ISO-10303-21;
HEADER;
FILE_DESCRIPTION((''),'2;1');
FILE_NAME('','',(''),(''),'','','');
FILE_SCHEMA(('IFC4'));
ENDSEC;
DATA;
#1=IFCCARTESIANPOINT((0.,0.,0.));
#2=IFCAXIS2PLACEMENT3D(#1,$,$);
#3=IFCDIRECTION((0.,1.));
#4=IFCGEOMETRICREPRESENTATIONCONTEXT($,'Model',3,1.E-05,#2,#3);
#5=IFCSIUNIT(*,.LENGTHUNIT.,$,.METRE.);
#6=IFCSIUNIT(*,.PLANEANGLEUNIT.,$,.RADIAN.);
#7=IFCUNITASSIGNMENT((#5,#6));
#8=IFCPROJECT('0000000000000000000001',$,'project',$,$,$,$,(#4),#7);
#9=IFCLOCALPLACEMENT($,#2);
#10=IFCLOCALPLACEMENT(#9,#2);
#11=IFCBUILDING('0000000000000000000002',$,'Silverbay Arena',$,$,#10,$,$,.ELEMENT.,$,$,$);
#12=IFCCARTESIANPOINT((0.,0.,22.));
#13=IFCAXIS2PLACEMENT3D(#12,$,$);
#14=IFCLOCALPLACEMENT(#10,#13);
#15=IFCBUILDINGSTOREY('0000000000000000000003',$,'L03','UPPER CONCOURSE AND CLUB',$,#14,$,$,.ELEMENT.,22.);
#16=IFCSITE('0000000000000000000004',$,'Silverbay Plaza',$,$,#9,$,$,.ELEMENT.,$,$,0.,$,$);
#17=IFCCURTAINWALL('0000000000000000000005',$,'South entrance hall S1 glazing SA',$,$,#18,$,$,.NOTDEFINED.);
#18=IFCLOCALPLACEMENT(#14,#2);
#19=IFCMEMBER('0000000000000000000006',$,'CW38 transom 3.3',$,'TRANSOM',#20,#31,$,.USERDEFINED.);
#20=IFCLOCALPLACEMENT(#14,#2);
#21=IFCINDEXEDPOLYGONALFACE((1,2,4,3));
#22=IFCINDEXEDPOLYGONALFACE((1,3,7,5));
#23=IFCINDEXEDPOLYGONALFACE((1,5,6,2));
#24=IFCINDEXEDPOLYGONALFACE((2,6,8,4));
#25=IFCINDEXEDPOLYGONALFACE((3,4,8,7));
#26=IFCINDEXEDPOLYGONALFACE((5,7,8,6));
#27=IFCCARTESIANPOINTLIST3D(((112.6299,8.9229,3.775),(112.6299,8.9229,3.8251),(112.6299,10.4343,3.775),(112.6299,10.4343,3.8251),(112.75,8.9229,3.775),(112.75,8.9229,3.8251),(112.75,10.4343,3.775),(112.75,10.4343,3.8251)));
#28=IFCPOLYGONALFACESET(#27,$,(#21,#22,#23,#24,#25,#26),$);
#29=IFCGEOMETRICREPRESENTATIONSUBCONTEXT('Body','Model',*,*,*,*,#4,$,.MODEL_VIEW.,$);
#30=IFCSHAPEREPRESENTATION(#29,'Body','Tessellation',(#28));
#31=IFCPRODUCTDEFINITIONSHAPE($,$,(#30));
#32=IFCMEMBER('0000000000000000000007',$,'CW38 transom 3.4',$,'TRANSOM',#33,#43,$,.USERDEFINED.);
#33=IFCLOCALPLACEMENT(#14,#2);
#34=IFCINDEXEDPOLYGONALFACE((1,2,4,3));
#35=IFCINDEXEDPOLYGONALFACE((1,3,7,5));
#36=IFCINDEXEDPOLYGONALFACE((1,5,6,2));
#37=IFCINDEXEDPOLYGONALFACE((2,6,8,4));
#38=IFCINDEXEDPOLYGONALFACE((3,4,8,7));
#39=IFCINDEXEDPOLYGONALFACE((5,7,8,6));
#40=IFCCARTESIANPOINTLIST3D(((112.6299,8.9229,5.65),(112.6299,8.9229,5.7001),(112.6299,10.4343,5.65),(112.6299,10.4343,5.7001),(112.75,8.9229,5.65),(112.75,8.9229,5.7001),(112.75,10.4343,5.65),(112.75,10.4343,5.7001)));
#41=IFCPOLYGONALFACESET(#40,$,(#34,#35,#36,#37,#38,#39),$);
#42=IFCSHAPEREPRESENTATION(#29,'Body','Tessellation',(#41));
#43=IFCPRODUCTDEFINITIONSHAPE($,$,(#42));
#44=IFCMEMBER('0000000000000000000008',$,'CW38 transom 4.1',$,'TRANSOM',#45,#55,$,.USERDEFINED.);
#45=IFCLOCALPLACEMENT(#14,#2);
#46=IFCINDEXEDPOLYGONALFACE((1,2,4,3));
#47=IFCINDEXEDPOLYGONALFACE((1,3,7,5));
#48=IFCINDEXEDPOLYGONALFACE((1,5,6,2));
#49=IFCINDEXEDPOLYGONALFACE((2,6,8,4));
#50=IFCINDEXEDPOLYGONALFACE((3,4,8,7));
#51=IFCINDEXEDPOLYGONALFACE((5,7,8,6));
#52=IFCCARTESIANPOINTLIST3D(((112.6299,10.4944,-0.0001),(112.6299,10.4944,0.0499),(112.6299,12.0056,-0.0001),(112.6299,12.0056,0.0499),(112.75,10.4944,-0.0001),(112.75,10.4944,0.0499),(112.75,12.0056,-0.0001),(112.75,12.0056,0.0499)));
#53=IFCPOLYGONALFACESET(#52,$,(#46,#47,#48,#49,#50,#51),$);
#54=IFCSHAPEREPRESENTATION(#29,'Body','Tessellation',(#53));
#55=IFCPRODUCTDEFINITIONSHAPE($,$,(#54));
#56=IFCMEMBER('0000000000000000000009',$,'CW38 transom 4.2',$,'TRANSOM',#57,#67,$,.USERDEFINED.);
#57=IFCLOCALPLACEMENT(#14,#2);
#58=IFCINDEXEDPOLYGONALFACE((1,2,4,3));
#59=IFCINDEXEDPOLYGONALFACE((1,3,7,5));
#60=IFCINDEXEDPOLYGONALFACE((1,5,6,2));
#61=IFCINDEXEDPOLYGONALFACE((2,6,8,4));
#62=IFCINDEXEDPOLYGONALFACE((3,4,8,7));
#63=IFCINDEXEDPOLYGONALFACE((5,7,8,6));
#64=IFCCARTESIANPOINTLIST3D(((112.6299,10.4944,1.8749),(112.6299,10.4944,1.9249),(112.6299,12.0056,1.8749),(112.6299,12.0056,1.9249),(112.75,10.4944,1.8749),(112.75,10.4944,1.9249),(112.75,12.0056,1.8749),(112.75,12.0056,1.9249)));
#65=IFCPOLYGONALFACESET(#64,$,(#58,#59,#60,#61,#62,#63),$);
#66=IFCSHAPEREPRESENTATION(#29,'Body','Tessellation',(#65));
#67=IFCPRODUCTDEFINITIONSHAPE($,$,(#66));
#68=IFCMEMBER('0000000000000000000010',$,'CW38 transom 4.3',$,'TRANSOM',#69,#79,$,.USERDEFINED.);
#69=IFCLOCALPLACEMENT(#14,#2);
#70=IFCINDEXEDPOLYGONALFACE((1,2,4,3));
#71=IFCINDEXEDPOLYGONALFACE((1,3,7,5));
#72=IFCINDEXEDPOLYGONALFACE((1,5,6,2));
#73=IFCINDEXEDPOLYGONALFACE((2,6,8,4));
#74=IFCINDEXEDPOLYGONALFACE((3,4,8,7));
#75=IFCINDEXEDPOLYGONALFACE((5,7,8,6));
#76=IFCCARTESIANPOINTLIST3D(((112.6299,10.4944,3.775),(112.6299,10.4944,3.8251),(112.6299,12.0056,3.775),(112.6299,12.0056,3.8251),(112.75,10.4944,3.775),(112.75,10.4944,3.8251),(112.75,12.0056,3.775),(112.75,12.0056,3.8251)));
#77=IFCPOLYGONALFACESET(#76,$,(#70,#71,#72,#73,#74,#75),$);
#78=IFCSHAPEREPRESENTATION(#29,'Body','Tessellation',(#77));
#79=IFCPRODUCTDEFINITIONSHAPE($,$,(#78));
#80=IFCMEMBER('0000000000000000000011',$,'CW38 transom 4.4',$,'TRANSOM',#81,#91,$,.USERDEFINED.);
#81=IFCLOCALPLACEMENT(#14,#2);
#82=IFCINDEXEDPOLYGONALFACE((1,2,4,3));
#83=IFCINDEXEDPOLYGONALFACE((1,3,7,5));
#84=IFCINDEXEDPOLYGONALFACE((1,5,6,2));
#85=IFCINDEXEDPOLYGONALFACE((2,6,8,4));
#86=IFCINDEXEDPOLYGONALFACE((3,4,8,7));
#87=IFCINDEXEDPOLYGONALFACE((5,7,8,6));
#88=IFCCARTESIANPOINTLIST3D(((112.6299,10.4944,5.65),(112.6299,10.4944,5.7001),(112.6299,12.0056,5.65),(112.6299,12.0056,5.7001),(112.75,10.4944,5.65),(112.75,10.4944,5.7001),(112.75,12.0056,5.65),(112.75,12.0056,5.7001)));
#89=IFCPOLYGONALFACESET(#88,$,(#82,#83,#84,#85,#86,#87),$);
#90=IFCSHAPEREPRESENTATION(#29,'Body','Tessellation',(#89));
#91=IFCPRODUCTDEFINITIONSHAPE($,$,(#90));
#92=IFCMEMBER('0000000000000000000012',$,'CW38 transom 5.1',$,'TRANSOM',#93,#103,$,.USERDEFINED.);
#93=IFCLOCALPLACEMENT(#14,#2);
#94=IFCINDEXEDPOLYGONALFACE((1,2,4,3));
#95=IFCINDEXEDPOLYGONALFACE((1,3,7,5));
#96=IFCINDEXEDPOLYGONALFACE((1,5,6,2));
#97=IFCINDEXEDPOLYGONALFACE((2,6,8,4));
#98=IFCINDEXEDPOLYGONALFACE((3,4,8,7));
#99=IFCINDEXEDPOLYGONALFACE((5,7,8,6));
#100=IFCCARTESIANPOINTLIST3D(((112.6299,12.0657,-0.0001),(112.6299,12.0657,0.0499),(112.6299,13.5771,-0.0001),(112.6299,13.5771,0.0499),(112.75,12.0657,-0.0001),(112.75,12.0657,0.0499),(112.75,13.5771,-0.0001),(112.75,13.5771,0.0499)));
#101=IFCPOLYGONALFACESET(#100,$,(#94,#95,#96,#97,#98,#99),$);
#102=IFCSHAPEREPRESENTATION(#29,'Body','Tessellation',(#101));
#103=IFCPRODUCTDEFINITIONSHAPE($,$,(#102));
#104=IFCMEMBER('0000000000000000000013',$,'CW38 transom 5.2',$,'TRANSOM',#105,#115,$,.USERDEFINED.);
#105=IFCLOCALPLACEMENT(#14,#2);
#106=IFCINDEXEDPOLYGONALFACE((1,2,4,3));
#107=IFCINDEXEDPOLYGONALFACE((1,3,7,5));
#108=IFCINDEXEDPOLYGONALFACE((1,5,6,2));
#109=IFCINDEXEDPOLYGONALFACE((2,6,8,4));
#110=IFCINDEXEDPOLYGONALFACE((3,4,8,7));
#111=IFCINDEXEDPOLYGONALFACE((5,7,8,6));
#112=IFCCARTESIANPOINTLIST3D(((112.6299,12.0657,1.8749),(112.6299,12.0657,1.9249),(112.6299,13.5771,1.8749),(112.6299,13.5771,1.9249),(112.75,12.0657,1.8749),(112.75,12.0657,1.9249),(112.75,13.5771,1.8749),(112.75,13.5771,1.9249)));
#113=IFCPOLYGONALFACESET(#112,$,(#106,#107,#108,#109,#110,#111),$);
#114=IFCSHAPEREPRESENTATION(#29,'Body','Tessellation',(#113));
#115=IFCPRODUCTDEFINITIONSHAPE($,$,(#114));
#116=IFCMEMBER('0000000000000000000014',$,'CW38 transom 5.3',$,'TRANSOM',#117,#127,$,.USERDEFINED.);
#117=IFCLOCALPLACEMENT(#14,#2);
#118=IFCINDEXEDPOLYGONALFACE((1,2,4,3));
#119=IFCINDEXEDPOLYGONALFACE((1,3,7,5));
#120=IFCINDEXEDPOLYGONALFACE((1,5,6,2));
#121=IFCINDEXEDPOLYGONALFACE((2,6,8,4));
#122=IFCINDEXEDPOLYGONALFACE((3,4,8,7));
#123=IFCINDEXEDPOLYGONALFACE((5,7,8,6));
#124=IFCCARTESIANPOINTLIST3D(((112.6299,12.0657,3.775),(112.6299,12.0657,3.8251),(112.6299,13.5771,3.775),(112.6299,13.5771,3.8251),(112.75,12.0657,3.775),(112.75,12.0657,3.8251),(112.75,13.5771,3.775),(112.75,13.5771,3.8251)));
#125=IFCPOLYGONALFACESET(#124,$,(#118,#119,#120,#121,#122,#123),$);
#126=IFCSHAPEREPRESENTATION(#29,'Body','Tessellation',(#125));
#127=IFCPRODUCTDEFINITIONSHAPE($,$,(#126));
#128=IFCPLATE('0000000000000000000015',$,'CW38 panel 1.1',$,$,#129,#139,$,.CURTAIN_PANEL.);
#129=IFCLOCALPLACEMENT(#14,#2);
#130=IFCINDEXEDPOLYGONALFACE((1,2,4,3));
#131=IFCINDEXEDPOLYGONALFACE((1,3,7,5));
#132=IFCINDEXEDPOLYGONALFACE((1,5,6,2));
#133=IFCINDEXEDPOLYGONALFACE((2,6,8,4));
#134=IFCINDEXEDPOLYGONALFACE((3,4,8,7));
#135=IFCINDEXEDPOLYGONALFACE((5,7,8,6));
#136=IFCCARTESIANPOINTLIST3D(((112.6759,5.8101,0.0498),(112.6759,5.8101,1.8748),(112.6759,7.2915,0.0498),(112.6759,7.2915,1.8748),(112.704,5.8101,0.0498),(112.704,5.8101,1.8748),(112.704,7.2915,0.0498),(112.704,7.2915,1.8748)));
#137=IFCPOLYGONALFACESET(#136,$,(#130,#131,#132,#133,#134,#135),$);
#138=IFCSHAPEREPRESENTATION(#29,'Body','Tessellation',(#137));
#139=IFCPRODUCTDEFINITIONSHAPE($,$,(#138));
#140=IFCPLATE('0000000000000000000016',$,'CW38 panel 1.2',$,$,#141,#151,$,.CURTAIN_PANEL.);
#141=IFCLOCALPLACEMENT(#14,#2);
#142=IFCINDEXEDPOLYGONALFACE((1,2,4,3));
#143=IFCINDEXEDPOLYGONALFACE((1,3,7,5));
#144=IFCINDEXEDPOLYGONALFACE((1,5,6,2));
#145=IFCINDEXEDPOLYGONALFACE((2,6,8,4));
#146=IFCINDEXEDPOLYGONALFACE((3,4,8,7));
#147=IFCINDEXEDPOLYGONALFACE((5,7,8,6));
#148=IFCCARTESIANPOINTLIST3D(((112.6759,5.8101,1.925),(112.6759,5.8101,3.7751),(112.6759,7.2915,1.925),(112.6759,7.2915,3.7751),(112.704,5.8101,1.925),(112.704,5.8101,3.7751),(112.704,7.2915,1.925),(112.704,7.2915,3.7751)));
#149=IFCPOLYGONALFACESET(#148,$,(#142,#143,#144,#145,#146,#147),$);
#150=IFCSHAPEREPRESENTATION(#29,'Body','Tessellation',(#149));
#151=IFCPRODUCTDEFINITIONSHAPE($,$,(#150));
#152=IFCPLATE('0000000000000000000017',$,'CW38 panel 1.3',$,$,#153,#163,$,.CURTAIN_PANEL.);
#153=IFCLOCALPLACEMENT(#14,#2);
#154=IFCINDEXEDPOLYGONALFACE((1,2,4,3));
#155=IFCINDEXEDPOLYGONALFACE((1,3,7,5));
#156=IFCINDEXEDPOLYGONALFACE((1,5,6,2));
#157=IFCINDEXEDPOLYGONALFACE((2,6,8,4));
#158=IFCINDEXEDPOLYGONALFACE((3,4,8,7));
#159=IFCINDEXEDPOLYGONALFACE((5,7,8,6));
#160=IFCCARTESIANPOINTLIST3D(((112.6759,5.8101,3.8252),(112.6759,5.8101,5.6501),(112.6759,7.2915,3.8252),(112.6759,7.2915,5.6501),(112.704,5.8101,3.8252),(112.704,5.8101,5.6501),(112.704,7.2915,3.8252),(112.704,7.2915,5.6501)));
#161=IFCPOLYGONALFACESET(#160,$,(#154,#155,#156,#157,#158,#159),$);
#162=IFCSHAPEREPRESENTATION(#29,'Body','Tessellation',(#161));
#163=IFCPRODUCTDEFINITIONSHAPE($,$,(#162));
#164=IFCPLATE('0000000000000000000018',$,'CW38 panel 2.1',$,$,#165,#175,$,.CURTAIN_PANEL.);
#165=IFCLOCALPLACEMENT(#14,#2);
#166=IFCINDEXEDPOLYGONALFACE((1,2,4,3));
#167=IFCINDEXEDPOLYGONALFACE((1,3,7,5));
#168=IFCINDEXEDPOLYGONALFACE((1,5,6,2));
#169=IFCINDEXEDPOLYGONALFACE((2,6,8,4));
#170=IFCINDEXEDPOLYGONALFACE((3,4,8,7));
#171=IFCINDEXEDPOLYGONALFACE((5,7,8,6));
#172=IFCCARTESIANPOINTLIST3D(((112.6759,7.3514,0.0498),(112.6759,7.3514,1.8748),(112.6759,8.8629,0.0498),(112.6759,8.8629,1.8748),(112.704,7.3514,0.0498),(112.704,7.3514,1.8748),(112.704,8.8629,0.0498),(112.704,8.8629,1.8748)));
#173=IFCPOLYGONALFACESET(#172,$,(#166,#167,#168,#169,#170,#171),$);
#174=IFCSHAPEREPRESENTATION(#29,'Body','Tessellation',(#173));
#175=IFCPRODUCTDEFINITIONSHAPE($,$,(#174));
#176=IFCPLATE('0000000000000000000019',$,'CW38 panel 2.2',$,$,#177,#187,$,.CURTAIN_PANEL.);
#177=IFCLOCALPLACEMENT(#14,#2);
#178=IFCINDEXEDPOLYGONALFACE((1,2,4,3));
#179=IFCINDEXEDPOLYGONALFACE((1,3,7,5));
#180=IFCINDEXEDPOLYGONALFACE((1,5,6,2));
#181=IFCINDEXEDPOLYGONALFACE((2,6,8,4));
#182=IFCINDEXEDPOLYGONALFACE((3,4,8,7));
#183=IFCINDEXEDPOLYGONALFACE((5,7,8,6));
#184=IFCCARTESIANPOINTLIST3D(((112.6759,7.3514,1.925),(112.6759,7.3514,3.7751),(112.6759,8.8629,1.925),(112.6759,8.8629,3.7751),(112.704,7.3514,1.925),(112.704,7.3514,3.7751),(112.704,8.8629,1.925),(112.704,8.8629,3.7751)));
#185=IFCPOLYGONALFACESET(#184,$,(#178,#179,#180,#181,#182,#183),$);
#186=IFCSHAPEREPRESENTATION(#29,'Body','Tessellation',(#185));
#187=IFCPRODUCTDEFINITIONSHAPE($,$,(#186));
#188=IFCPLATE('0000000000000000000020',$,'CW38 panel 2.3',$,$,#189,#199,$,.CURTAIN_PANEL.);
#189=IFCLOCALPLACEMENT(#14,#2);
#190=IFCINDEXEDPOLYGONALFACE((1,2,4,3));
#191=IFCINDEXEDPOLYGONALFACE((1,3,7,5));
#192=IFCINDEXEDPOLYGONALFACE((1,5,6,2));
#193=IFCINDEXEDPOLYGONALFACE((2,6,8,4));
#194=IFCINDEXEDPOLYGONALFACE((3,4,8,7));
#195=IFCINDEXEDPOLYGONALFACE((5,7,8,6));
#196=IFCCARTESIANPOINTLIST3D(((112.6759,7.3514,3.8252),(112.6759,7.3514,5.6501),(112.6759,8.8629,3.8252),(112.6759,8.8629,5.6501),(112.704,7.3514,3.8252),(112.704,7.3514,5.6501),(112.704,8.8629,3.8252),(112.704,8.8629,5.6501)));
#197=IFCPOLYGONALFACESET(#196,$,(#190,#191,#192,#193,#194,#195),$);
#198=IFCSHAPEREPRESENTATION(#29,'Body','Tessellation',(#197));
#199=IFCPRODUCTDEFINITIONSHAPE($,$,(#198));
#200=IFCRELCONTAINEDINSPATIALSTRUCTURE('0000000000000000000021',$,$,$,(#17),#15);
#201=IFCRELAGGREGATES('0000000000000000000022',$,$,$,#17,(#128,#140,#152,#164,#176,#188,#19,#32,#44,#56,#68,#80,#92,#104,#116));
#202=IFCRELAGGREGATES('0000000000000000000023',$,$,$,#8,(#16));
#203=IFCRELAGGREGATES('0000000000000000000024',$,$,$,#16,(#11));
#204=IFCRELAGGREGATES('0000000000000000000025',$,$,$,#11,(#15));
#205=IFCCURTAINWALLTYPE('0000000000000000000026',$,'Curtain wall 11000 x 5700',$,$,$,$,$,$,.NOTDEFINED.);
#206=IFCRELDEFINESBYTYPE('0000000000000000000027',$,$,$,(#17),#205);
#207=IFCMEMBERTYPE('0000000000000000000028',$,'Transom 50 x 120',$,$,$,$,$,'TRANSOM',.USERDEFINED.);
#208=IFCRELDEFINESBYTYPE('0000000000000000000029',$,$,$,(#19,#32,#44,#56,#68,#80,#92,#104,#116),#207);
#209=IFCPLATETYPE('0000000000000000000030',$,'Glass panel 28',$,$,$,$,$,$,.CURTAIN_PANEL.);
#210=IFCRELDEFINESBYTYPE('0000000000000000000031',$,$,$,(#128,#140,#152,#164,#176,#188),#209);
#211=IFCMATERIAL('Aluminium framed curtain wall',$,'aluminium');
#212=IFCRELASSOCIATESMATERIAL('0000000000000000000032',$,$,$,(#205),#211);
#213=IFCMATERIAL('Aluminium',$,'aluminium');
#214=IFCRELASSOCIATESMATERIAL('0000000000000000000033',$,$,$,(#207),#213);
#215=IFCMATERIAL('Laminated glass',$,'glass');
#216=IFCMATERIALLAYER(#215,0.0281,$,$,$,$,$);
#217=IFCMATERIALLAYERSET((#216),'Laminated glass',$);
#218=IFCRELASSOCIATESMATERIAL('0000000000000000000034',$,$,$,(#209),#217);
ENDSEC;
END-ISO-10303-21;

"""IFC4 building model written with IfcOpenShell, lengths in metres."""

from ifc_helpers import new_model, si_unit, direction, frame, origin, origin_2d, place, context, subcontext, project, spatial, rectangle, extrude, material, layer, layer_set, material_profile, profile_set, type_object, element, aggregate, save


model = new_model("IFC4")

# Units and contexts
model_context = context("Model", 3, precision=1e-05, world=origin(), true_north=direction((0.0, 1.0)))
body_context = subcontext(model_context, "Body", "Model", "MODEL_VIEW")
ifc_project = project(units=[si_unit("LENGTHUNIT", "METRE"), si_unit("PLANEANGLEUNIT", "RADIAN")], contexts=[model_context])

# Site, building, storey
site_placement = place(None, origin())
site = spatial("IfcSite", under=ifc_project, at=site_placement, Name="Silverbay Plaza", CompositionType="ELEMENT", RefElevation=0.0)
building_placement = place(site_placement, origin())
building = spatial("IfcBuilding", under=site, at=building_placement, Name="Silverbay Arena", CompositionType="ELEMENT")
storey_placement = place(building_placement, frame((0.0, 0.0, 22.0)))
storey = spatial("IfcBuildingStorey", under=building, at=storey_placement, Name="L03", Description="UPPER CONCOURSE AND CLUB", CompositionType="ELEMENT", Elevation=22.0)

# Curtain wall, members, plates
ifc_material_1 = material(Name="Aluminium framed curtain wall", Category="aluminium")
curtain_wall_type = type_object("IfcCurtainWallType", Name="Curtain wall 11000 x 5700", PredefinedType="NOTDEFINED", material=ifc_material_1)
curtain_wall_placement = place(storey_placement, origin())
curtain_wall = element("IfcCurtainWall", 1, at=curtain_wall_placement, inside=storey, type_object=curtain_wall_type, Name="South entrance hall S1 glazing SA", PredefinedType="NOTDEFINED")
ifc_material_2 = material(Name="Aluminium", Category="aluminium")
ifc_material_profile_1 = material_profile(ifc_material_2, rectangle(XDim=0.1201, YDim=0.05, at=origin_2d()), Name="Transom 50 x 120")
ifc_profile_set_1 = profile_set([ifc_material_profile_1], Name="Aluminium")
member_type_1 = type_object("IfcMemberType", Name="Transom 50 x 120", ElementType="TRANSOM", PredefinedType="USERDEFINED", material=ifc_profile_set_1)
member_1_placement = place(storey_placement, frame((112.6899, 8.9229, 3.8), z_axis=(0.0, 1.0, 0.0), x_axis=(-1.0, 0.0, 0.0)))
member_1 = element("IfcMember", 2, at=member_1_placement, type_object=member_type_1, Name="CW38 transom 3.3", ObjectType="TRANSOM", PredefinedType="USERDEFINED", context=body_context, shape_type="SweptSolid", body=[
    extrude(rectangle(XDim=0.1201, YDim=0.05, at=origin_2d()), origin(), (0.0, 0.0, 1.0), 1.5115),
])
member_2_placement = place(storey_placement, frame((112.6899, 8.9229, 5.675), z_axis=(0.0, 1.0, 0.0), x_axis=(-1.0, 0.0, 0.0)))
member_2 = element("IfcMember", 3, at=member_2_placement, type_object=member_type_1, Name="CW38 transom 3.4", ObjectType="TRANSOM", PredefinedType="USERDEFINED", context=body_context, shape_type="SweptSolid", body=[
    extrude(rectangle(XDim=0.1201, YDim=0.05, at=origin_2d()), origin(), (0.0, 0.0, 1.0), 1.5115),
])
member_3_placement = place(storey_placement, frame((112.6899, 10.4944, 0.0249), z_axis=(0.0, 1.0, 0.0), x_axis=(-1.0, 0.0, 0.0)))
member_3 = element("IfcMember", 4, at=member_3_placement, type_object=member_type_1, Name="CW38 transom 4.1", ObjectType="TRANSOM", PredefinedType="USERDEFINED", context=body_context, shape_type="SweptSolid", body=[
    extrude(rectangle(XDim=0.1201, YDim=0.05, at=origin_2d()), origin(), (0.0, 0.0, 1.0), 1.5112),
])
member_4_placement = place(storey_placement, frame((112.6899, 10.4944, 1.8999), z_axis=(0.0, 1.0, 0.0), x_axis=(-1.0, 0.0, 0.0)))
member_4 = element("IfcMember", 5, at=member_4_placement, type_object=member_type_1, Name="CW38 transom 4.2", ObjectType="TRANSOM", PredefinedType="USERDEFINED", context=body_context, shape_type="SweptSolid", body=[
    extrude(rectangle(XDim=0.1201, YDim=0.05, at=origin_2d()), origin(), (0.0, 0.0, 1.0), 1.5112),
])
member_5_placement = place(storey_placement, frame((112.6899, 10.4944, 3.8), z_axis=(0.0, 1.0, 0.0), x_axis=(-1.0, 0.0, 0.0)))
member_5 = element("IfcMember", 6, at=member_5_placement, type_object=member_type_1, Name="CW38 transom 4.3", ObjectType="TRANSOM", PredefinedType="USERDEFINED", context=body_context, shape_type="SweptSolid", body=[
    extrude(rectangle(XDim=0.1201, YDim=0.05, at=origin_2d()), origin(), (0.0, 0.0, 1.0), 1.5112),
])
member_6_placement = place(storey_placement, frame((112.6899, 10.4944, 5.675), z_axis=(0.0, 1.0, 0.0), x_axis=(-1.0, 0.0, 0.0)))
member_6 = element("IfcMember", 7, at=member_6_placement, type_object=member_type_1, Name="CW38 transom 4.4", ObjectType="TRANSOM", PredefinedType="USERDEFINED", context=body_context, shape_type="SweptSolid", body=[
    extrude(rectangle(XDim=0.1201, YDim=0.05, at=origin_2d()), origin(), (0.0, 0.0, 1.0), 1.5112),
])
member_7_placement = place(storey_placement, frame((112.6899, 12.0657, 0.0249), z_axis=(0.0, 1.0, 0.0), x_axis=(-1.0, 0.0, 0.0)))
member_7 = element("IfcMember", 8, at=member_7_placement, type_object=member_type_1, Name="CW38 transom 5.1", ObjectType="TRANSOM", PredefinedType="USERDEFINED", context=body_context, shape_type="SweptSolid", body=[
    extrude(rectangle(XDim=0.1201, YDim=0.05, at=origin_2d()), origin(), (0.0, 0.0, 1.0), 1.5115),
])
member_8_placement = place(storey_placement, frame((112.6899, 12.0657, 1.8999), z_axis=(0.0, 1.0, 0.0), x_axis=(-1.0, 0.0, 0.0)))
member_8 = element("IfcMember", 9, at=member_8_placement, type_object=member_type_1, Name="CW38 transom 5.2", ObjectType="TRANSOM", PredefinedType="USERDEFINED", context=body_context, shape_type="SweptSolid", body=[
    extrude(rectangle(XDim=0.1201, YDim=0.05, at=origin_2d()), origin(), (0.0, 0.0, 1.0), 1.5115),
])
member_9_placement = place(storey_placement, frame((112.6899, 12.0657, 3.8), z_axis=(0.0, 1.0, 0.0), x_axis=(-1.0, 0.0, 0.0)))
member_9 = element("IfcMember", 10, at=member_9_placement, type_object=member_type_1, Name="CW38 transom 5.3", ObjectType="TRANSOM", PredefinedType="USERDEFINED", context=body_context, shape_type="SweptSolid", body=[
    extrude(rectangle(XDim=0.1201, YDim=0.05, at=origin_2d()), origin(), (0.0, 0.0, 1.0), 1.5115),
])
ifc_material_3 = material(Name="Laminated glass", Category="glass")
ifc_layer = layer(ifc_material_3, 0.0281)
ifc_layer_set = layer_set([ifc_layer], Name="Laminated glass")
plate_type = type_object("IfcPlateType", Name="Glass panel 28", PredefinedType="CURTAIN_PANEL", material=ifc_layer_set)
plate_1_placement = place(storey_placement, frame((112.6899, 6.5508, 0.0498), z_axis=(0.0, 0.0, 1.0), x_axis=(0.0, 1.0, 0.0)))
plate_1 = element("IfcPlate", 11, at=plate_1_placement, type_object=plate_type, Name="CW38 panel 1.1", PredefinedType="CURTAIN_PANEL", context=body_context, shape_type="SweptSolid", body=[
    extrude(rectangle(XDim=1.4814, YDim=0.0281, at=origin_2d()), origin(), (0.0, 0.0, 1.0), 1.825),
])
plate_2_placement = place(storey_placement, frame((112.6899, 6.5508, 1.925), z_axis=(0.0, 0.0, 1.0), x_axis=(0.0, 1.0, 0.0)))
plate_2 = element("IfcPlate", 12, at=plate_2_placement, type_object=plate_type, Name="CW38 panel 1.2", PredefinedType="CURTAIN_PANEL", context=body_context, shape_type="SweptSolid", body=[
    extrude(rectangle(XDim=1.4814, YDim=0.0281, at=origin_2d()), origin(), (0.0, 0.0, 1.0), 1.8501),
])
plate_3_placement = place(storey_placement, frame((112.6899, 6.5508, 3.8252), z_axis=(0.0, 0.0, 1.0), x_axis=(0.0, 1.0, 0.0)))
plate_3 = element("IfcPlate", 13, at=plate_3_placement, type_object=plate_type, Name="CW38 panel 1.3", PredefinedType="CURTAIN_PANEL", context=body_context, shape_type="SweptSolid", body=[
    extrude(rectangle(XDim=1.4814, YDim=0.0281, at=origin_2d()), origin(), (0.0, 0.0, 1.0), 1.825),
])
plate_4_placement = place(storey_placement, frame((112.6899, 8.1072, 0.0498), z_axis=(0.0, 0.0, 1.0), x_axis=(0.0, 1.0, 0.0)))
plate_4 = element("IfcPlate", 14, at=plate_4_placement, type_object=plate_type, Name="CW38 panel 2.1", PredefinedType="CURTAIN_PANEL", context=body_context, shape_type="SweptSolid", body=[
    extrude(rectangle(XDim=1.5115, YDim=0.0281, at=origin_2d()), origin(), (0.0, 0.0, 1.0), 1.825),
])
plate_5_placement = place(storey_placement, frame((112.6899, 8.1072, 1.925), z_axis=(0.0, 0.0, 1.0), x_axis=(0.0, 1.0, 0.0)))
plate_5 = element("IfcPlate", 15, at=plate_5_placement, type_object=plate_type, Name="CW38 panel 2.2", PredefinedType="CURTAIN_PANEL", context=body_context, shape_type="SweptSolid", body=[
    extrude(rectangle(XDim=1.5115, YDim=0.0281, at=origin_2d()), origin(), (0.0, 0.0, 1.0), 1.8501),
])
plate_6_placement = place(storey_placement, frame((112.6899, 8.1072, 3.8252), z_axis=(0.0, 0.0, 1.0), x_axis=(0.0, 1.0, 0.0)))
plate_6 = element("IfcPlate", 16, at=plate_6_placement, type_object=plate_type, Name="CW38 panel 2.3", PredefinedType="CURTAIN_PANEL", context=body_context, shape_type="SweptSolid", body=[
    extrude(rectangle(XDim=1.5115, YDim=0.0281, at=origin_2d()), origin(), (0.0, 0.0, 1.0), 1.825),
])
aggregate(curtain_wall, [plate_1, plate_2, plate_3, plate_4, plate_5, plate_6, member_1, member_2, member_3, member_4, member_5, member_6, member_7, member_8, member_9])

save(model, "model.ifc")
